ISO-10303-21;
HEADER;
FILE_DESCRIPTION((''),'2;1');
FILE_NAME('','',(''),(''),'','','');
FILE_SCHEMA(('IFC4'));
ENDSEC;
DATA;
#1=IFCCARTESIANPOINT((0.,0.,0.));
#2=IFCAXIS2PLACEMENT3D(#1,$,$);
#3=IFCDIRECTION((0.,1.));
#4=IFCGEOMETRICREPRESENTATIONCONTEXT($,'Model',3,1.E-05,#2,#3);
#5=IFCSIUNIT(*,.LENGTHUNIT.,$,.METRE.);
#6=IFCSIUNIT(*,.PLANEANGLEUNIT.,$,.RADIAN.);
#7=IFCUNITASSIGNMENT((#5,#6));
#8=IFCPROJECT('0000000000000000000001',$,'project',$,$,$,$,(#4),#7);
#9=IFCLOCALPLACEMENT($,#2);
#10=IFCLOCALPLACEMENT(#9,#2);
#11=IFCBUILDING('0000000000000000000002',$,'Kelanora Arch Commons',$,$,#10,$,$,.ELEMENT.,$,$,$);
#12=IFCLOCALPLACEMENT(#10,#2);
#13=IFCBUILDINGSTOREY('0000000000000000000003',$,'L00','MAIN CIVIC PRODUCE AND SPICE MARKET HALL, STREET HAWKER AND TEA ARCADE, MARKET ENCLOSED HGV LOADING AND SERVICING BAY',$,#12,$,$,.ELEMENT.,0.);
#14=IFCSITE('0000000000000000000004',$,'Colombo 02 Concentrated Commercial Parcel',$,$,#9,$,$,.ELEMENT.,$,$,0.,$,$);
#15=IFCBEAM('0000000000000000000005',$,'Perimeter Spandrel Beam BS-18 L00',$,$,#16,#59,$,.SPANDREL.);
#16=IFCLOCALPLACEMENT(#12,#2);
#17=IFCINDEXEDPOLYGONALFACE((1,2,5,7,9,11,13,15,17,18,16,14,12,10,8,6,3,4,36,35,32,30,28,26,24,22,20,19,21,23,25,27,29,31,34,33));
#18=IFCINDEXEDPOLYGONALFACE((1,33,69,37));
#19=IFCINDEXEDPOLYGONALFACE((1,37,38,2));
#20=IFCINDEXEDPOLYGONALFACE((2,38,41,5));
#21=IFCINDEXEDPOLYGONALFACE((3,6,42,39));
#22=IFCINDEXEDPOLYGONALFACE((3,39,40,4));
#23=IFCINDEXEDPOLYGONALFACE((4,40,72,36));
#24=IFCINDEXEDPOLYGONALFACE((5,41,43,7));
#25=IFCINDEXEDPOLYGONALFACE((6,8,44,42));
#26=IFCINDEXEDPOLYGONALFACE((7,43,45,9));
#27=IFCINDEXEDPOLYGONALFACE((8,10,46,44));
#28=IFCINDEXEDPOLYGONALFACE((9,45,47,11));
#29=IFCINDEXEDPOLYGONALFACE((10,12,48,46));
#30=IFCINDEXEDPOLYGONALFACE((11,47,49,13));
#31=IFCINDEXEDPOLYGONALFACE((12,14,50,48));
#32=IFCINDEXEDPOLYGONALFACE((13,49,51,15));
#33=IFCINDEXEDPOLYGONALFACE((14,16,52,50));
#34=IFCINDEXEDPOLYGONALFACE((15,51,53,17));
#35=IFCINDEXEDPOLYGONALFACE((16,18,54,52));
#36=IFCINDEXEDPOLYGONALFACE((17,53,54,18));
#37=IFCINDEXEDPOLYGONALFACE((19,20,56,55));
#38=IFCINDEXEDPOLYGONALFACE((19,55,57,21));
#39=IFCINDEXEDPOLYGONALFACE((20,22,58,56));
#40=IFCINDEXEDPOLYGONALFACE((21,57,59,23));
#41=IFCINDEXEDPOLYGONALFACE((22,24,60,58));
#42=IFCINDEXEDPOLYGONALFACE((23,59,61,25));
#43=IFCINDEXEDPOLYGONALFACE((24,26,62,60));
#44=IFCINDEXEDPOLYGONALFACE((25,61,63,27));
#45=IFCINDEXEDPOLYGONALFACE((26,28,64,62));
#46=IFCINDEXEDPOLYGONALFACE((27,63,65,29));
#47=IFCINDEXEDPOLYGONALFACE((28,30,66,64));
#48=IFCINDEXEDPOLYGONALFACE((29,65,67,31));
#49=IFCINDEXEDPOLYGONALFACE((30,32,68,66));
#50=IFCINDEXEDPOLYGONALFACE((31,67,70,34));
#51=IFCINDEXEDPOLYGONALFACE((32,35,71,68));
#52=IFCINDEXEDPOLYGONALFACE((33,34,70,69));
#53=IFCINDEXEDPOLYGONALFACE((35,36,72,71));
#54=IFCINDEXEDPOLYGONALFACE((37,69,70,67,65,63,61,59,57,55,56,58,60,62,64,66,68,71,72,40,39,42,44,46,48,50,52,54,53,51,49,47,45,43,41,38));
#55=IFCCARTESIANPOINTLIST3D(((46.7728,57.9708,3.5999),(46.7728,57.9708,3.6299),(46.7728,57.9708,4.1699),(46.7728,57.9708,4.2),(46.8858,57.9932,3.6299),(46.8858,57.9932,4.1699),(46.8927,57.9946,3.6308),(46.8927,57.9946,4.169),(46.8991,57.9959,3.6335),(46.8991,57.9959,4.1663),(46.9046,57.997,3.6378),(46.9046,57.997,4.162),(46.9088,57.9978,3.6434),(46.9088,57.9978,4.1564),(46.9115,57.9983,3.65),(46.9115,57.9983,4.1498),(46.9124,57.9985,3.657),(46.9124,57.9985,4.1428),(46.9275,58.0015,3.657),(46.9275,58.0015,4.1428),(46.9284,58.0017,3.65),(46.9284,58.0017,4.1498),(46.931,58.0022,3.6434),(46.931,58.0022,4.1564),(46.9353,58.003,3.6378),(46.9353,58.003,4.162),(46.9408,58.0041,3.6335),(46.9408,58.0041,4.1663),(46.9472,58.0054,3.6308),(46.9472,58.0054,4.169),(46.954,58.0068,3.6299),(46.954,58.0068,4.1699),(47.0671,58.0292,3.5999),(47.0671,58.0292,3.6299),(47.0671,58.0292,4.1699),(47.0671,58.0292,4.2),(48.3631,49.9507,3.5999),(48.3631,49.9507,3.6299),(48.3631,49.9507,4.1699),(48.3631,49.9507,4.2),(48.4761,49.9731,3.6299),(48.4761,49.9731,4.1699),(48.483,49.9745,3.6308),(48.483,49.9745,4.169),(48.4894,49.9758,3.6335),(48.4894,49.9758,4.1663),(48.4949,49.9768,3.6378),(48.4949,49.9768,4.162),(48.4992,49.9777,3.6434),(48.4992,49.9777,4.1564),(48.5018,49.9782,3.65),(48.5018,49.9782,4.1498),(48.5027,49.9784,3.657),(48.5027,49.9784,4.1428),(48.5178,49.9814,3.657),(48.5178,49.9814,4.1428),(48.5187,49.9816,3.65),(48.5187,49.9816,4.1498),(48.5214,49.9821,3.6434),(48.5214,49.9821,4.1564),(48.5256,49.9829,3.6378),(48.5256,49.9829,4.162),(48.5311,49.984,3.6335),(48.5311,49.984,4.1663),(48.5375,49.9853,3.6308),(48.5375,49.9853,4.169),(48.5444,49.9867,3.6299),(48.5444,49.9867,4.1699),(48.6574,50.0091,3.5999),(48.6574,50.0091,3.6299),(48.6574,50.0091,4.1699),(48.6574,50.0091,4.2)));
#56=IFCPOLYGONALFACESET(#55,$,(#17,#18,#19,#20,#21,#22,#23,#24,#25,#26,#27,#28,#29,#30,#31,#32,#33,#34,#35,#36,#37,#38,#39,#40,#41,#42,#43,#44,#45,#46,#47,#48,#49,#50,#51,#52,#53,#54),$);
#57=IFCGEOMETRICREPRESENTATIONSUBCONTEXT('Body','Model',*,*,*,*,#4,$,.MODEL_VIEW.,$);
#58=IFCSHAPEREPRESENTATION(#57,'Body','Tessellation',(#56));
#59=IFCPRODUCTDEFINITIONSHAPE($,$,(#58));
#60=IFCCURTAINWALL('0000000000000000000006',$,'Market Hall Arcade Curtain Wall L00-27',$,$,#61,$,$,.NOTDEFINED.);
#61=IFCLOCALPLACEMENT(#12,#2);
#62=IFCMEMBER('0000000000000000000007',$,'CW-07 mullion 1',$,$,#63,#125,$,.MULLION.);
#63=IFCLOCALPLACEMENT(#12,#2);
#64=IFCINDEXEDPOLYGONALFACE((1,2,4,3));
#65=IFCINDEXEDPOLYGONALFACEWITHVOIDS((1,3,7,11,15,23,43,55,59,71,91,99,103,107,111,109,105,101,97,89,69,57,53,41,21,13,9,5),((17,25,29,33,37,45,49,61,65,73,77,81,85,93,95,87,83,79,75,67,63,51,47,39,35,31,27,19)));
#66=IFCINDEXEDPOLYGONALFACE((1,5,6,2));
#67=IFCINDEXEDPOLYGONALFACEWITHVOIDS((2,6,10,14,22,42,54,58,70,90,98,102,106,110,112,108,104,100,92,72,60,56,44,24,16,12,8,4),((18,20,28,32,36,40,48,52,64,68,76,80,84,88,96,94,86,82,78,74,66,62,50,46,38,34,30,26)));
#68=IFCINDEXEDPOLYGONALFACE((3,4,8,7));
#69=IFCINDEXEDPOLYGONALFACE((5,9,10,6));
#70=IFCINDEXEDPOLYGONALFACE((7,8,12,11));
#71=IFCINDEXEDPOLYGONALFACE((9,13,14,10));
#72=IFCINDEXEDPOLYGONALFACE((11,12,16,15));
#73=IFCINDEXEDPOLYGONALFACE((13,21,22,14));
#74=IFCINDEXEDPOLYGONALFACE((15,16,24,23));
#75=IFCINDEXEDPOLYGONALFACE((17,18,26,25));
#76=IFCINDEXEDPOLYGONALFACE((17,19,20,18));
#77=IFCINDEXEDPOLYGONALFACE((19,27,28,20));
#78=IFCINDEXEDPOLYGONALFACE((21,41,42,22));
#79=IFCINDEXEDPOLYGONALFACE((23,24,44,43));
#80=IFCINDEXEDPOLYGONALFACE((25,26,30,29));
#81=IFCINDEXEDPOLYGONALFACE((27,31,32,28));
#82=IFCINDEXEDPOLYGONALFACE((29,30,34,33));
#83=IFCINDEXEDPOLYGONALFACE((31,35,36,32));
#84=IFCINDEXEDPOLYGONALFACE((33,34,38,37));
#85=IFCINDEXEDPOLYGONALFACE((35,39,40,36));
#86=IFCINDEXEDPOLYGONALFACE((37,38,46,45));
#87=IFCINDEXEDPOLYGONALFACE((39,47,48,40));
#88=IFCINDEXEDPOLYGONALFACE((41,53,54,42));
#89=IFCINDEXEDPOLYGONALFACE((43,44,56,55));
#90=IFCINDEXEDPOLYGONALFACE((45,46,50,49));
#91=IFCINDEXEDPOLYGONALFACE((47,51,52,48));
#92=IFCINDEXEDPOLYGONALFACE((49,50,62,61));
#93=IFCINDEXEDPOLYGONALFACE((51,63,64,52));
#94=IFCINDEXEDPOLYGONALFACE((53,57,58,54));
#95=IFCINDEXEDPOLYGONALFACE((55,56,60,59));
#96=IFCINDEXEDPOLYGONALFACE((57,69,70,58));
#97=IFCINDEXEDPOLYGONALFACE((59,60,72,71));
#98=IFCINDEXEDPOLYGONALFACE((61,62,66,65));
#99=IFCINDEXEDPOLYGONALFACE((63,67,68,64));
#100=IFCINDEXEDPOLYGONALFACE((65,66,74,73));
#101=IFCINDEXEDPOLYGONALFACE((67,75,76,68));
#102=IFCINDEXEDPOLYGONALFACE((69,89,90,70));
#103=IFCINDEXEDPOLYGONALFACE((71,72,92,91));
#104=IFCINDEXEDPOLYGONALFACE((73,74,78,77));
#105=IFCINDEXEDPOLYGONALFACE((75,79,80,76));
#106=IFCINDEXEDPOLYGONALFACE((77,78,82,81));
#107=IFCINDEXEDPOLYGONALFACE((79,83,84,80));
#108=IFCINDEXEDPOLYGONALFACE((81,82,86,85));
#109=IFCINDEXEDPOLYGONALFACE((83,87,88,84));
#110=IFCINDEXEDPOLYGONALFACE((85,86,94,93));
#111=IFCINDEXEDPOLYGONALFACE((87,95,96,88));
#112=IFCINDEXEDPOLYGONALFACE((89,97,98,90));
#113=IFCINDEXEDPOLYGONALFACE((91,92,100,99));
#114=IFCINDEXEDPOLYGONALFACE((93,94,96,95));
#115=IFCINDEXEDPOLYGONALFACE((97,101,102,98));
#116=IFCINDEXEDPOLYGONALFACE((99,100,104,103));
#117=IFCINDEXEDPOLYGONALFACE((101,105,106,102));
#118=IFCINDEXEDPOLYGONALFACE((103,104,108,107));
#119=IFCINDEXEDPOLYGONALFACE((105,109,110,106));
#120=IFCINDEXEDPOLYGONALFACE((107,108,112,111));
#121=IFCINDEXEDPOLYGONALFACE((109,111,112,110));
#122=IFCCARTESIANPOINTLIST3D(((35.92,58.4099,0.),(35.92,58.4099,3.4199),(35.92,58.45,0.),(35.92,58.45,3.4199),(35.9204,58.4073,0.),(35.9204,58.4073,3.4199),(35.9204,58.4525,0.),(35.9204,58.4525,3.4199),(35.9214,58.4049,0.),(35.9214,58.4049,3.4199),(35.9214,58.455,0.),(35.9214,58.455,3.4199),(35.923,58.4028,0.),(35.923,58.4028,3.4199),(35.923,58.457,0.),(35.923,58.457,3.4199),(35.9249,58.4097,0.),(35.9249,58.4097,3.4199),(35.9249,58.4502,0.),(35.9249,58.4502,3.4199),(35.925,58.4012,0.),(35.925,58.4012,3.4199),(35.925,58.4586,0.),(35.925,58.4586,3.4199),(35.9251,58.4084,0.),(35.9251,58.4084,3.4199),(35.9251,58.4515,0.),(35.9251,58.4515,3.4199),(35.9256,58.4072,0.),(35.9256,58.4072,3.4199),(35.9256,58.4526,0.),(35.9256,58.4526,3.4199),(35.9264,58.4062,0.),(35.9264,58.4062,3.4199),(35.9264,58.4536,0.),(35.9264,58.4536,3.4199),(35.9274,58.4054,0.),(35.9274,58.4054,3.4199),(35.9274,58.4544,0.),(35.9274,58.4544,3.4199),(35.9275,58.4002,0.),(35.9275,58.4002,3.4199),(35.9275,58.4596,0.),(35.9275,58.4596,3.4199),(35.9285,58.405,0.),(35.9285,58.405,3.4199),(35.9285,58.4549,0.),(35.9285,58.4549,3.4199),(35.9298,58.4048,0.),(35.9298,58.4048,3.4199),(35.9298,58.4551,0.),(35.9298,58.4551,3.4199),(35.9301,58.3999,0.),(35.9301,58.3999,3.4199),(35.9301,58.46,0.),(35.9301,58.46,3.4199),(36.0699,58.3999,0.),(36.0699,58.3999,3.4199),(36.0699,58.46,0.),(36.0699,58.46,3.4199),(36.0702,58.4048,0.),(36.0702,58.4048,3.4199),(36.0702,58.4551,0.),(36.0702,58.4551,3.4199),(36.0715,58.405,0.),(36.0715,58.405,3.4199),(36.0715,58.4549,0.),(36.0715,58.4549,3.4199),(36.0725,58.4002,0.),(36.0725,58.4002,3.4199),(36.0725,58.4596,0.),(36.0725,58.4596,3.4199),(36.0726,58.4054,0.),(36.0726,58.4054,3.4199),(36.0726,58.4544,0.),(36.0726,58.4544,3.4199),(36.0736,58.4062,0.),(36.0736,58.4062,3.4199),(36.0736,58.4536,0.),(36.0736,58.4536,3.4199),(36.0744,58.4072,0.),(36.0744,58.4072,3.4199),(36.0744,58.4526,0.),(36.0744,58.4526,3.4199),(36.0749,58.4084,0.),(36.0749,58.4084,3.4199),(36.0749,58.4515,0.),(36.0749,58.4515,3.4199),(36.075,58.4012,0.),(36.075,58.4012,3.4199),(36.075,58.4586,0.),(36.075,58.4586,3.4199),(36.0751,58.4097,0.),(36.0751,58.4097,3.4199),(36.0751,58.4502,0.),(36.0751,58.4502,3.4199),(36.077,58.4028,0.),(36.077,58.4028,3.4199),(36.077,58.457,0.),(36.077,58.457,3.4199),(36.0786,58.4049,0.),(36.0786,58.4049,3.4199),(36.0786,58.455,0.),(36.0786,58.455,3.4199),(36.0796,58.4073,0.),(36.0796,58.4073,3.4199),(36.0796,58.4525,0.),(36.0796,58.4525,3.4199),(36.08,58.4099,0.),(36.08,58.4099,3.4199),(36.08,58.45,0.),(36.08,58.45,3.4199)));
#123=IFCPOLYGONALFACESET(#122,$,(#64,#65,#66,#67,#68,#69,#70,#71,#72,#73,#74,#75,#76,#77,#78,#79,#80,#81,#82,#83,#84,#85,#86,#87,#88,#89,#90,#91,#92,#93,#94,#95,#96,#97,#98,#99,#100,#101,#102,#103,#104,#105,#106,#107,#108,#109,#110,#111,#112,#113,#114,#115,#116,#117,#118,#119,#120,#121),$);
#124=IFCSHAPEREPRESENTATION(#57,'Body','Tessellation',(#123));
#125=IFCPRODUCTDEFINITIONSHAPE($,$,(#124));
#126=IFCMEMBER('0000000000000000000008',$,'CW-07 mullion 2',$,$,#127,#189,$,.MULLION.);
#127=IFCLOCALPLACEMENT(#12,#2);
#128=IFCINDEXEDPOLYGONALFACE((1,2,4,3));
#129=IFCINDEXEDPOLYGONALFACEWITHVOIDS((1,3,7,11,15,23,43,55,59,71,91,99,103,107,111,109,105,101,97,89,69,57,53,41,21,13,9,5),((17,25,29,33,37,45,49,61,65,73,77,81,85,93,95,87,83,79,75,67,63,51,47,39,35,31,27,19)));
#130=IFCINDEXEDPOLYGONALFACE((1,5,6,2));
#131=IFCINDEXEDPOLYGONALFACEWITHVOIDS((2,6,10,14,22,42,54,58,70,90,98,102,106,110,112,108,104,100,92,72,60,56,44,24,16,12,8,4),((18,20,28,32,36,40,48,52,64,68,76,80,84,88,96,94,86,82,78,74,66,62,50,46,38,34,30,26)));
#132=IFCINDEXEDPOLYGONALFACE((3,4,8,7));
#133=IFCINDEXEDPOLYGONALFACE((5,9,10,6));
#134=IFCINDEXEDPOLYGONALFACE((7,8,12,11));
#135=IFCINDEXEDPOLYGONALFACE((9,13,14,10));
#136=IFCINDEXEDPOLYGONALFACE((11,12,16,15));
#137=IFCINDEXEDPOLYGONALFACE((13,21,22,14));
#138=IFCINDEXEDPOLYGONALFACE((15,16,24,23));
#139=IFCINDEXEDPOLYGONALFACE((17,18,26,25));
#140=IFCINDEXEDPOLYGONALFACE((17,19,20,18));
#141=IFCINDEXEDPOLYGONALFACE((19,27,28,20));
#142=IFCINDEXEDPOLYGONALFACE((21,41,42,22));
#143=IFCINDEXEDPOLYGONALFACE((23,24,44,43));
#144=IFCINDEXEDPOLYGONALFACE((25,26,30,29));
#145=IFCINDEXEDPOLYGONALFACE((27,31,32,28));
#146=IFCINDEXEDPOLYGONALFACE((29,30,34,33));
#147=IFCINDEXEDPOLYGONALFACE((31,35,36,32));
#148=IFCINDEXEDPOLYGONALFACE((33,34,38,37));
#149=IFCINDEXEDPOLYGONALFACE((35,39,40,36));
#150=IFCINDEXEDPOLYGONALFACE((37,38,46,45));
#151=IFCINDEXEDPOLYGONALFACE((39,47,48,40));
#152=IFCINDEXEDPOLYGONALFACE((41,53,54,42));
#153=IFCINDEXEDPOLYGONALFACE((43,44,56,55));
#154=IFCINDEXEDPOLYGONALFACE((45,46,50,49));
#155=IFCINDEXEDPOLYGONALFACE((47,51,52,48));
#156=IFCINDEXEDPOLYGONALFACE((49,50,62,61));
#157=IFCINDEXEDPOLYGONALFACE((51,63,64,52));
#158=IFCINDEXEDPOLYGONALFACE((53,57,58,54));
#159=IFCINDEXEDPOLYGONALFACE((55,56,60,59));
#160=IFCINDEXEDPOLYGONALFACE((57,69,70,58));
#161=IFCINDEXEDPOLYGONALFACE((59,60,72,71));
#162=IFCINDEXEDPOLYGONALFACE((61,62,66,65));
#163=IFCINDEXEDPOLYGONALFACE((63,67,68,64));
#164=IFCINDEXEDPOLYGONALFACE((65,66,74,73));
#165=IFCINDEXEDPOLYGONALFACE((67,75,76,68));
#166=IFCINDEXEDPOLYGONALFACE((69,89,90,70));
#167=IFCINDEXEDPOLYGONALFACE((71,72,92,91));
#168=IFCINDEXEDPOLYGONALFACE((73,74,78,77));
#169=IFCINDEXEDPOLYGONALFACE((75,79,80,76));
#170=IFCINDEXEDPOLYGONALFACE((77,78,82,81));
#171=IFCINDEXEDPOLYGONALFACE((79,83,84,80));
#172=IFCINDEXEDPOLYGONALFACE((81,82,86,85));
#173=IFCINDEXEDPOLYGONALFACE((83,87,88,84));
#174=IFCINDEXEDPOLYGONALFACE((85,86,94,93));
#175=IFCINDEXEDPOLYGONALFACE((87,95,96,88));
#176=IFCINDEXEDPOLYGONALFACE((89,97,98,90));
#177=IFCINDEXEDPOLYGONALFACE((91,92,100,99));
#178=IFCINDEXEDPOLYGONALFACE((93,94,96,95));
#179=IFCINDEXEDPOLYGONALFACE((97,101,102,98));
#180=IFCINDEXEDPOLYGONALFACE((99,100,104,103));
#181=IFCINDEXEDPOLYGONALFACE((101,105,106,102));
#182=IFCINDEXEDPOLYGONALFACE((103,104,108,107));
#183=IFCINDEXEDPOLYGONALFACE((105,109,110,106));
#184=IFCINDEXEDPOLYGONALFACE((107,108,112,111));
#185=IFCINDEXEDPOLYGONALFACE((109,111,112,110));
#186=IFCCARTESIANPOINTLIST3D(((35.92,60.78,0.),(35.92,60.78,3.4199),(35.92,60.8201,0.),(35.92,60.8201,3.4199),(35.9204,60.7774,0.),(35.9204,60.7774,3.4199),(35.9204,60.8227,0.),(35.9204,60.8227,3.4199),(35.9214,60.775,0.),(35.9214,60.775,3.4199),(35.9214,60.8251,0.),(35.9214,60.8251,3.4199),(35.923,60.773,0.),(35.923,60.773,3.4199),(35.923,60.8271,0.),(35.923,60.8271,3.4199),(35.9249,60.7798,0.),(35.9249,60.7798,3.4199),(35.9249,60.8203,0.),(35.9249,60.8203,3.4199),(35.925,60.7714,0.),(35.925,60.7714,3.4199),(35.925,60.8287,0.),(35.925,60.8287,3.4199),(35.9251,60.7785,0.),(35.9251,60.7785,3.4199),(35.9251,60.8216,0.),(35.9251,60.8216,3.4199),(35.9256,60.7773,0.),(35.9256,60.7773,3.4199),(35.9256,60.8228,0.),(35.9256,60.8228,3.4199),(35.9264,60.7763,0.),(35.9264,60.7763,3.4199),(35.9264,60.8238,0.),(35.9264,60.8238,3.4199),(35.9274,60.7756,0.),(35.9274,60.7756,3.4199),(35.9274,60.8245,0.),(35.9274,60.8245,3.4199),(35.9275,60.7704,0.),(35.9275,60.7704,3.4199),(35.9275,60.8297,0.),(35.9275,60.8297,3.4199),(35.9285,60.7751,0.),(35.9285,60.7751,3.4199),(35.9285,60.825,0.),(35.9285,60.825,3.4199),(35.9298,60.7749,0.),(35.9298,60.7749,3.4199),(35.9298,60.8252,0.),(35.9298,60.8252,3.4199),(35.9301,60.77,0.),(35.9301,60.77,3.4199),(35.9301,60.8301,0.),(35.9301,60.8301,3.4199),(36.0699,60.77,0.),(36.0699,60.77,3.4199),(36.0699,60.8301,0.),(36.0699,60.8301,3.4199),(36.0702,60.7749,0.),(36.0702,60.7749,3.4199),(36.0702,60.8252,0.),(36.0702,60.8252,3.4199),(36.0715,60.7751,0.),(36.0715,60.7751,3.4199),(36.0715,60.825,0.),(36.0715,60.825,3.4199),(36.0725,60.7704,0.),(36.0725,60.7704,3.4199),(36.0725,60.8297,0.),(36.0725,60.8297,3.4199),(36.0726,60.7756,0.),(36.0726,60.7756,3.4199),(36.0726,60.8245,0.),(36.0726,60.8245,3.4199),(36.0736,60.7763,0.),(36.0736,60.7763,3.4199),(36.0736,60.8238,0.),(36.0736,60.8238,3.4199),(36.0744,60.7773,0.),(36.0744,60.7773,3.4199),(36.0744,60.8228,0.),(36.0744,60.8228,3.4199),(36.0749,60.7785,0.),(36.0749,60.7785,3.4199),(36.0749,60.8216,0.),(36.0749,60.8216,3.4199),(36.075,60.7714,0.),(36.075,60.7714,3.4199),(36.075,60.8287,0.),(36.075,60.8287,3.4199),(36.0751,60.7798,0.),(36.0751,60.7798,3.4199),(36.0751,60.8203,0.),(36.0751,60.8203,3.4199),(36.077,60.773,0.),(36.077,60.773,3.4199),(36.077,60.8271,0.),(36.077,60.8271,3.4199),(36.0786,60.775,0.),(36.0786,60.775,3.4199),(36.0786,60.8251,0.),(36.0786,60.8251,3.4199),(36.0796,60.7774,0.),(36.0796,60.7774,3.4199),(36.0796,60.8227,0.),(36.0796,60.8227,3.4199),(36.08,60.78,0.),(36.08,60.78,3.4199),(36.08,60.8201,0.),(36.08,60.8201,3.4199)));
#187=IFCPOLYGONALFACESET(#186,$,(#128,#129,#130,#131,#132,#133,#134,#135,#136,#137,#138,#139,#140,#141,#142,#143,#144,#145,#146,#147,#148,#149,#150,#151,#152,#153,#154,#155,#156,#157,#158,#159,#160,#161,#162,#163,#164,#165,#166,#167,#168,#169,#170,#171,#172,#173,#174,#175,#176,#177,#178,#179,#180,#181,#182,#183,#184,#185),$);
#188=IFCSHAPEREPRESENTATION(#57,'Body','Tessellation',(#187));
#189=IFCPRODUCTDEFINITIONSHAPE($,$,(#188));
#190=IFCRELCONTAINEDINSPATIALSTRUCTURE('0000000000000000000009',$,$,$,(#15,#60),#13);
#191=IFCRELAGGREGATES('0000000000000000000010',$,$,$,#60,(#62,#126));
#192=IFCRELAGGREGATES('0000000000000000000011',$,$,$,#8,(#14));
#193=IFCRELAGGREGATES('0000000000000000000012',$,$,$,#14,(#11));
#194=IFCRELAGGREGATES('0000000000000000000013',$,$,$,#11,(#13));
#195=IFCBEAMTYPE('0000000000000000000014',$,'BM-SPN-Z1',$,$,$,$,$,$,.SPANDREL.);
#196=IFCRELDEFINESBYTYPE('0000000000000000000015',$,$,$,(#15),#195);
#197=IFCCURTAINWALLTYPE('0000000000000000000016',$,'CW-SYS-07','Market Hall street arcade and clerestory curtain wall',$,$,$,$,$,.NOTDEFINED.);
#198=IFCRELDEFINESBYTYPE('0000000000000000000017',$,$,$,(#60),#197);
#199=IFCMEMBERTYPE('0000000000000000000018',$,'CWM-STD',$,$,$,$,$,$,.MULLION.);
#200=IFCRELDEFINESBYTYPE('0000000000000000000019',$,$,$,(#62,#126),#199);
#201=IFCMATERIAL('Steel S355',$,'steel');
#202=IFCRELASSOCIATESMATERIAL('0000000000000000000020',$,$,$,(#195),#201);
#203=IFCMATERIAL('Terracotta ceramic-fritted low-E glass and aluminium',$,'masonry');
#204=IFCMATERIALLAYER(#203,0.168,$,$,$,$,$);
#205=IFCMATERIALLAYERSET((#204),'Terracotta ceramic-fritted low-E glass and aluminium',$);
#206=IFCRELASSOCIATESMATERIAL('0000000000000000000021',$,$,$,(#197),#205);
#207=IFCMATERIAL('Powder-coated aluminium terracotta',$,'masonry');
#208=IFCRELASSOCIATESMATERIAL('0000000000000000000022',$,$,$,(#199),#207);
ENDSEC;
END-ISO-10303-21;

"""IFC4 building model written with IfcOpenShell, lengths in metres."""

from ifc_helpers import new_model, si_unit, direction, frame, origin, origin_2d, place, context, subcontext, project, spatial, hollow_rectangle, i_section, extrude, material, layer, layer_set, material_profile, profile_set, type_object, element, aggregate, save


model = new_model("IFC4")

# Units and contexts
model_context = context("Model", 3, precision=1e-05, world=origin(), true_north=direction((0.0, 1.0)))
body_context = subcontext(model_context, "Body", "Model", "MODEL_VIEW")
ifc_project = project(units=[si_unit("LENGTHUNIT", "METRE"), si_unit("PLANEANGLEUNIT", "RADIAN")], contexts=[model_context])

# Site, building, storey
site_placement = place(None, origin())
site = spatial("IfcSite", under=ifc_project, at=site_placement, Name="Colombo 02 Concentrated Commercial Parcel", CompositionType="ELEMENT", RefElevation=0.0)
building_placement = place(site_placement, origin())
building = spatial("IfcBuilding", under=site, at=building_placement, Name="Kelanora Arch Commons", CompositionType="ELEMENT")
storey_placement = place(building_placement, origin())
storey = spatial("IfcBuildingStorey", under=building, at=storey_placement, Name="L00", Description="MAIN CIVIC PRODUCE AND SPICE MARKET HALL, STREET HAWKER AND TEA ARCADE, MARKET ENCLOSED HGV LOADING AND SERVICING BAY", CompositionType="ELEMENT", Elevation=0.0)

# Beam
ifc_material_1 = material(Name="Steel S355", Category="steel")
ifc_material_profile_1 = material_profile(ifc_material_1, i_section(OverallWidth=0.3, OverallDepth=0.6001, WebThickness=0.0154, FlangeThickness=0.03, FilletRadius=0.0271, at=origin_2d()), Name="HEB600")
ifc_profile_set_1 = profile_set([ifc_material_profile_1], Name="Steel S355")
beam_type_1 = type_object("IfcBeamType", Name="BM-SPN-Z1", PredefinedType="SPANDREL", material=ifc_profile_set_1)
beam_1_placement = place(storey_placement, frame((46.9199, 58.0, 3.8999), z_axis=(0.194508, -0.980901, 0.0), x_axis=(0.980901, 0.194508, 0.0)))
element("IfcBeam", 1, at=beam_1_placement, inside=storey, type_object=beam_type_1, Name="Perimeter Spandrel Beam BS-18 L00", PredefinedType="SPANDREL", context=body_context, shape_type="SweptSolid", body=[
    extrude(i_section(OverallWidth=0.3, OverallDepth=0.6001, WebThickness=0.0154, FlangeThickness=0.03, FilletRadius=0.0271, at=origin_2d()), origin(), (0.0, 0.0, 1.0), 8.1763),
])

# Curtain wall, members
ifc_material_2 = material(Name="Terracotta ceramic-fritted low-E glass and aluminium", Category="masonry")
ifc_layer_1 = layer(ifc_material_2, 0.168)
ifc_layer_set_1 = layer_set([ifc_layer_1], Name="Terracotta ceramic-fritted low-E glass and aluminium")
curtain_wall_type = type_object("IfcCurtainWallType", Name="CW-SYS-07", Description="Market Hall street arcade and clerestory curtain wall", PredefinedType="NOTDEFINED", material=ifc_layer_set_1)
curtain_wall_placement = place(storey_placement, origin())
curtain_wall = element("IfcCurtainWall", 2, at=curtain_wall_placement, inside=storey, type_object=curtain_wall_type, Name="Market Hall Arcade Curtain Wall L00-27", PredefinedType="NOTDEFINED")
ifc_material_3 = material(Name="Powder-coated aluminium terracotta", Category="masonry")
ifc_material_profile_2 = material_profile(ifc_material_3, hollow_rectangle(XDim=0.1599, YDim=0.0601, WallThickness=0.0049, InnerFilletRadius=0.0049, OuterFilletRadius=0.01, at=origin_2d()), Name="CWM160x60")
ifc_profile_set_2 = profile_set([ifc_material_profile_2], Name="Powder-coated aluminium terracotta")
member_type_1 = type_object("IfcMemberType", Name="CWM-STD", PredefinedType="MULLION", material=ifc_profile_set_2)
member_1_placement = place(storey_placement, frame((36.0, 58.4299, 0.0), z_axis=(0.0, 0.0, 1.0), x_axis=(-1.0, 0.0, 0.0)))
member_1 = element("IfcMember", 3, at=member_1_placement, type_object=member_type_1, Name="CW-07 mullion 1", PredefinedType="MULLION", context=body_context, shape_type="SweptSolid", body=[
    extrude(hollow_rectangle(XDim=0.1599, YDim=0.0601, WallThickness=0.0049, InnerFilletRadius=0.0049, OuterFilletRadius=0.01, at=origin_2d()), origin(), (0.0, 0.0, 1.0), 3.4199),
])
member_2_placement = place(storey_placement, frame((36.0, 60.8, 0.0), z_axis=(0.0, 0.0, 1.0), x_axis=(-1.0, 0.0, 0.0)))
member_2 = element("IfcMember", 4, at=member_2_placement, type_object=member_type_1, Name="CW-07 mullion 2", PredefinedType="MULLION", context=body_context, shape_type="SweptSolid", body=[
    extrude(hollow_rectangle(XDim=0.1599, YDim=0.0601, WallThickness=0.0049, InnerFilletRadius=0.0049, OuterFilletRadius=0.01, at=origin_2d()), origin(), (0.0, 0.0, 1.0), 3.4199),
])
aggregate(curtain_wall, [member_1, member_2])

save(model, "model.ifc")
